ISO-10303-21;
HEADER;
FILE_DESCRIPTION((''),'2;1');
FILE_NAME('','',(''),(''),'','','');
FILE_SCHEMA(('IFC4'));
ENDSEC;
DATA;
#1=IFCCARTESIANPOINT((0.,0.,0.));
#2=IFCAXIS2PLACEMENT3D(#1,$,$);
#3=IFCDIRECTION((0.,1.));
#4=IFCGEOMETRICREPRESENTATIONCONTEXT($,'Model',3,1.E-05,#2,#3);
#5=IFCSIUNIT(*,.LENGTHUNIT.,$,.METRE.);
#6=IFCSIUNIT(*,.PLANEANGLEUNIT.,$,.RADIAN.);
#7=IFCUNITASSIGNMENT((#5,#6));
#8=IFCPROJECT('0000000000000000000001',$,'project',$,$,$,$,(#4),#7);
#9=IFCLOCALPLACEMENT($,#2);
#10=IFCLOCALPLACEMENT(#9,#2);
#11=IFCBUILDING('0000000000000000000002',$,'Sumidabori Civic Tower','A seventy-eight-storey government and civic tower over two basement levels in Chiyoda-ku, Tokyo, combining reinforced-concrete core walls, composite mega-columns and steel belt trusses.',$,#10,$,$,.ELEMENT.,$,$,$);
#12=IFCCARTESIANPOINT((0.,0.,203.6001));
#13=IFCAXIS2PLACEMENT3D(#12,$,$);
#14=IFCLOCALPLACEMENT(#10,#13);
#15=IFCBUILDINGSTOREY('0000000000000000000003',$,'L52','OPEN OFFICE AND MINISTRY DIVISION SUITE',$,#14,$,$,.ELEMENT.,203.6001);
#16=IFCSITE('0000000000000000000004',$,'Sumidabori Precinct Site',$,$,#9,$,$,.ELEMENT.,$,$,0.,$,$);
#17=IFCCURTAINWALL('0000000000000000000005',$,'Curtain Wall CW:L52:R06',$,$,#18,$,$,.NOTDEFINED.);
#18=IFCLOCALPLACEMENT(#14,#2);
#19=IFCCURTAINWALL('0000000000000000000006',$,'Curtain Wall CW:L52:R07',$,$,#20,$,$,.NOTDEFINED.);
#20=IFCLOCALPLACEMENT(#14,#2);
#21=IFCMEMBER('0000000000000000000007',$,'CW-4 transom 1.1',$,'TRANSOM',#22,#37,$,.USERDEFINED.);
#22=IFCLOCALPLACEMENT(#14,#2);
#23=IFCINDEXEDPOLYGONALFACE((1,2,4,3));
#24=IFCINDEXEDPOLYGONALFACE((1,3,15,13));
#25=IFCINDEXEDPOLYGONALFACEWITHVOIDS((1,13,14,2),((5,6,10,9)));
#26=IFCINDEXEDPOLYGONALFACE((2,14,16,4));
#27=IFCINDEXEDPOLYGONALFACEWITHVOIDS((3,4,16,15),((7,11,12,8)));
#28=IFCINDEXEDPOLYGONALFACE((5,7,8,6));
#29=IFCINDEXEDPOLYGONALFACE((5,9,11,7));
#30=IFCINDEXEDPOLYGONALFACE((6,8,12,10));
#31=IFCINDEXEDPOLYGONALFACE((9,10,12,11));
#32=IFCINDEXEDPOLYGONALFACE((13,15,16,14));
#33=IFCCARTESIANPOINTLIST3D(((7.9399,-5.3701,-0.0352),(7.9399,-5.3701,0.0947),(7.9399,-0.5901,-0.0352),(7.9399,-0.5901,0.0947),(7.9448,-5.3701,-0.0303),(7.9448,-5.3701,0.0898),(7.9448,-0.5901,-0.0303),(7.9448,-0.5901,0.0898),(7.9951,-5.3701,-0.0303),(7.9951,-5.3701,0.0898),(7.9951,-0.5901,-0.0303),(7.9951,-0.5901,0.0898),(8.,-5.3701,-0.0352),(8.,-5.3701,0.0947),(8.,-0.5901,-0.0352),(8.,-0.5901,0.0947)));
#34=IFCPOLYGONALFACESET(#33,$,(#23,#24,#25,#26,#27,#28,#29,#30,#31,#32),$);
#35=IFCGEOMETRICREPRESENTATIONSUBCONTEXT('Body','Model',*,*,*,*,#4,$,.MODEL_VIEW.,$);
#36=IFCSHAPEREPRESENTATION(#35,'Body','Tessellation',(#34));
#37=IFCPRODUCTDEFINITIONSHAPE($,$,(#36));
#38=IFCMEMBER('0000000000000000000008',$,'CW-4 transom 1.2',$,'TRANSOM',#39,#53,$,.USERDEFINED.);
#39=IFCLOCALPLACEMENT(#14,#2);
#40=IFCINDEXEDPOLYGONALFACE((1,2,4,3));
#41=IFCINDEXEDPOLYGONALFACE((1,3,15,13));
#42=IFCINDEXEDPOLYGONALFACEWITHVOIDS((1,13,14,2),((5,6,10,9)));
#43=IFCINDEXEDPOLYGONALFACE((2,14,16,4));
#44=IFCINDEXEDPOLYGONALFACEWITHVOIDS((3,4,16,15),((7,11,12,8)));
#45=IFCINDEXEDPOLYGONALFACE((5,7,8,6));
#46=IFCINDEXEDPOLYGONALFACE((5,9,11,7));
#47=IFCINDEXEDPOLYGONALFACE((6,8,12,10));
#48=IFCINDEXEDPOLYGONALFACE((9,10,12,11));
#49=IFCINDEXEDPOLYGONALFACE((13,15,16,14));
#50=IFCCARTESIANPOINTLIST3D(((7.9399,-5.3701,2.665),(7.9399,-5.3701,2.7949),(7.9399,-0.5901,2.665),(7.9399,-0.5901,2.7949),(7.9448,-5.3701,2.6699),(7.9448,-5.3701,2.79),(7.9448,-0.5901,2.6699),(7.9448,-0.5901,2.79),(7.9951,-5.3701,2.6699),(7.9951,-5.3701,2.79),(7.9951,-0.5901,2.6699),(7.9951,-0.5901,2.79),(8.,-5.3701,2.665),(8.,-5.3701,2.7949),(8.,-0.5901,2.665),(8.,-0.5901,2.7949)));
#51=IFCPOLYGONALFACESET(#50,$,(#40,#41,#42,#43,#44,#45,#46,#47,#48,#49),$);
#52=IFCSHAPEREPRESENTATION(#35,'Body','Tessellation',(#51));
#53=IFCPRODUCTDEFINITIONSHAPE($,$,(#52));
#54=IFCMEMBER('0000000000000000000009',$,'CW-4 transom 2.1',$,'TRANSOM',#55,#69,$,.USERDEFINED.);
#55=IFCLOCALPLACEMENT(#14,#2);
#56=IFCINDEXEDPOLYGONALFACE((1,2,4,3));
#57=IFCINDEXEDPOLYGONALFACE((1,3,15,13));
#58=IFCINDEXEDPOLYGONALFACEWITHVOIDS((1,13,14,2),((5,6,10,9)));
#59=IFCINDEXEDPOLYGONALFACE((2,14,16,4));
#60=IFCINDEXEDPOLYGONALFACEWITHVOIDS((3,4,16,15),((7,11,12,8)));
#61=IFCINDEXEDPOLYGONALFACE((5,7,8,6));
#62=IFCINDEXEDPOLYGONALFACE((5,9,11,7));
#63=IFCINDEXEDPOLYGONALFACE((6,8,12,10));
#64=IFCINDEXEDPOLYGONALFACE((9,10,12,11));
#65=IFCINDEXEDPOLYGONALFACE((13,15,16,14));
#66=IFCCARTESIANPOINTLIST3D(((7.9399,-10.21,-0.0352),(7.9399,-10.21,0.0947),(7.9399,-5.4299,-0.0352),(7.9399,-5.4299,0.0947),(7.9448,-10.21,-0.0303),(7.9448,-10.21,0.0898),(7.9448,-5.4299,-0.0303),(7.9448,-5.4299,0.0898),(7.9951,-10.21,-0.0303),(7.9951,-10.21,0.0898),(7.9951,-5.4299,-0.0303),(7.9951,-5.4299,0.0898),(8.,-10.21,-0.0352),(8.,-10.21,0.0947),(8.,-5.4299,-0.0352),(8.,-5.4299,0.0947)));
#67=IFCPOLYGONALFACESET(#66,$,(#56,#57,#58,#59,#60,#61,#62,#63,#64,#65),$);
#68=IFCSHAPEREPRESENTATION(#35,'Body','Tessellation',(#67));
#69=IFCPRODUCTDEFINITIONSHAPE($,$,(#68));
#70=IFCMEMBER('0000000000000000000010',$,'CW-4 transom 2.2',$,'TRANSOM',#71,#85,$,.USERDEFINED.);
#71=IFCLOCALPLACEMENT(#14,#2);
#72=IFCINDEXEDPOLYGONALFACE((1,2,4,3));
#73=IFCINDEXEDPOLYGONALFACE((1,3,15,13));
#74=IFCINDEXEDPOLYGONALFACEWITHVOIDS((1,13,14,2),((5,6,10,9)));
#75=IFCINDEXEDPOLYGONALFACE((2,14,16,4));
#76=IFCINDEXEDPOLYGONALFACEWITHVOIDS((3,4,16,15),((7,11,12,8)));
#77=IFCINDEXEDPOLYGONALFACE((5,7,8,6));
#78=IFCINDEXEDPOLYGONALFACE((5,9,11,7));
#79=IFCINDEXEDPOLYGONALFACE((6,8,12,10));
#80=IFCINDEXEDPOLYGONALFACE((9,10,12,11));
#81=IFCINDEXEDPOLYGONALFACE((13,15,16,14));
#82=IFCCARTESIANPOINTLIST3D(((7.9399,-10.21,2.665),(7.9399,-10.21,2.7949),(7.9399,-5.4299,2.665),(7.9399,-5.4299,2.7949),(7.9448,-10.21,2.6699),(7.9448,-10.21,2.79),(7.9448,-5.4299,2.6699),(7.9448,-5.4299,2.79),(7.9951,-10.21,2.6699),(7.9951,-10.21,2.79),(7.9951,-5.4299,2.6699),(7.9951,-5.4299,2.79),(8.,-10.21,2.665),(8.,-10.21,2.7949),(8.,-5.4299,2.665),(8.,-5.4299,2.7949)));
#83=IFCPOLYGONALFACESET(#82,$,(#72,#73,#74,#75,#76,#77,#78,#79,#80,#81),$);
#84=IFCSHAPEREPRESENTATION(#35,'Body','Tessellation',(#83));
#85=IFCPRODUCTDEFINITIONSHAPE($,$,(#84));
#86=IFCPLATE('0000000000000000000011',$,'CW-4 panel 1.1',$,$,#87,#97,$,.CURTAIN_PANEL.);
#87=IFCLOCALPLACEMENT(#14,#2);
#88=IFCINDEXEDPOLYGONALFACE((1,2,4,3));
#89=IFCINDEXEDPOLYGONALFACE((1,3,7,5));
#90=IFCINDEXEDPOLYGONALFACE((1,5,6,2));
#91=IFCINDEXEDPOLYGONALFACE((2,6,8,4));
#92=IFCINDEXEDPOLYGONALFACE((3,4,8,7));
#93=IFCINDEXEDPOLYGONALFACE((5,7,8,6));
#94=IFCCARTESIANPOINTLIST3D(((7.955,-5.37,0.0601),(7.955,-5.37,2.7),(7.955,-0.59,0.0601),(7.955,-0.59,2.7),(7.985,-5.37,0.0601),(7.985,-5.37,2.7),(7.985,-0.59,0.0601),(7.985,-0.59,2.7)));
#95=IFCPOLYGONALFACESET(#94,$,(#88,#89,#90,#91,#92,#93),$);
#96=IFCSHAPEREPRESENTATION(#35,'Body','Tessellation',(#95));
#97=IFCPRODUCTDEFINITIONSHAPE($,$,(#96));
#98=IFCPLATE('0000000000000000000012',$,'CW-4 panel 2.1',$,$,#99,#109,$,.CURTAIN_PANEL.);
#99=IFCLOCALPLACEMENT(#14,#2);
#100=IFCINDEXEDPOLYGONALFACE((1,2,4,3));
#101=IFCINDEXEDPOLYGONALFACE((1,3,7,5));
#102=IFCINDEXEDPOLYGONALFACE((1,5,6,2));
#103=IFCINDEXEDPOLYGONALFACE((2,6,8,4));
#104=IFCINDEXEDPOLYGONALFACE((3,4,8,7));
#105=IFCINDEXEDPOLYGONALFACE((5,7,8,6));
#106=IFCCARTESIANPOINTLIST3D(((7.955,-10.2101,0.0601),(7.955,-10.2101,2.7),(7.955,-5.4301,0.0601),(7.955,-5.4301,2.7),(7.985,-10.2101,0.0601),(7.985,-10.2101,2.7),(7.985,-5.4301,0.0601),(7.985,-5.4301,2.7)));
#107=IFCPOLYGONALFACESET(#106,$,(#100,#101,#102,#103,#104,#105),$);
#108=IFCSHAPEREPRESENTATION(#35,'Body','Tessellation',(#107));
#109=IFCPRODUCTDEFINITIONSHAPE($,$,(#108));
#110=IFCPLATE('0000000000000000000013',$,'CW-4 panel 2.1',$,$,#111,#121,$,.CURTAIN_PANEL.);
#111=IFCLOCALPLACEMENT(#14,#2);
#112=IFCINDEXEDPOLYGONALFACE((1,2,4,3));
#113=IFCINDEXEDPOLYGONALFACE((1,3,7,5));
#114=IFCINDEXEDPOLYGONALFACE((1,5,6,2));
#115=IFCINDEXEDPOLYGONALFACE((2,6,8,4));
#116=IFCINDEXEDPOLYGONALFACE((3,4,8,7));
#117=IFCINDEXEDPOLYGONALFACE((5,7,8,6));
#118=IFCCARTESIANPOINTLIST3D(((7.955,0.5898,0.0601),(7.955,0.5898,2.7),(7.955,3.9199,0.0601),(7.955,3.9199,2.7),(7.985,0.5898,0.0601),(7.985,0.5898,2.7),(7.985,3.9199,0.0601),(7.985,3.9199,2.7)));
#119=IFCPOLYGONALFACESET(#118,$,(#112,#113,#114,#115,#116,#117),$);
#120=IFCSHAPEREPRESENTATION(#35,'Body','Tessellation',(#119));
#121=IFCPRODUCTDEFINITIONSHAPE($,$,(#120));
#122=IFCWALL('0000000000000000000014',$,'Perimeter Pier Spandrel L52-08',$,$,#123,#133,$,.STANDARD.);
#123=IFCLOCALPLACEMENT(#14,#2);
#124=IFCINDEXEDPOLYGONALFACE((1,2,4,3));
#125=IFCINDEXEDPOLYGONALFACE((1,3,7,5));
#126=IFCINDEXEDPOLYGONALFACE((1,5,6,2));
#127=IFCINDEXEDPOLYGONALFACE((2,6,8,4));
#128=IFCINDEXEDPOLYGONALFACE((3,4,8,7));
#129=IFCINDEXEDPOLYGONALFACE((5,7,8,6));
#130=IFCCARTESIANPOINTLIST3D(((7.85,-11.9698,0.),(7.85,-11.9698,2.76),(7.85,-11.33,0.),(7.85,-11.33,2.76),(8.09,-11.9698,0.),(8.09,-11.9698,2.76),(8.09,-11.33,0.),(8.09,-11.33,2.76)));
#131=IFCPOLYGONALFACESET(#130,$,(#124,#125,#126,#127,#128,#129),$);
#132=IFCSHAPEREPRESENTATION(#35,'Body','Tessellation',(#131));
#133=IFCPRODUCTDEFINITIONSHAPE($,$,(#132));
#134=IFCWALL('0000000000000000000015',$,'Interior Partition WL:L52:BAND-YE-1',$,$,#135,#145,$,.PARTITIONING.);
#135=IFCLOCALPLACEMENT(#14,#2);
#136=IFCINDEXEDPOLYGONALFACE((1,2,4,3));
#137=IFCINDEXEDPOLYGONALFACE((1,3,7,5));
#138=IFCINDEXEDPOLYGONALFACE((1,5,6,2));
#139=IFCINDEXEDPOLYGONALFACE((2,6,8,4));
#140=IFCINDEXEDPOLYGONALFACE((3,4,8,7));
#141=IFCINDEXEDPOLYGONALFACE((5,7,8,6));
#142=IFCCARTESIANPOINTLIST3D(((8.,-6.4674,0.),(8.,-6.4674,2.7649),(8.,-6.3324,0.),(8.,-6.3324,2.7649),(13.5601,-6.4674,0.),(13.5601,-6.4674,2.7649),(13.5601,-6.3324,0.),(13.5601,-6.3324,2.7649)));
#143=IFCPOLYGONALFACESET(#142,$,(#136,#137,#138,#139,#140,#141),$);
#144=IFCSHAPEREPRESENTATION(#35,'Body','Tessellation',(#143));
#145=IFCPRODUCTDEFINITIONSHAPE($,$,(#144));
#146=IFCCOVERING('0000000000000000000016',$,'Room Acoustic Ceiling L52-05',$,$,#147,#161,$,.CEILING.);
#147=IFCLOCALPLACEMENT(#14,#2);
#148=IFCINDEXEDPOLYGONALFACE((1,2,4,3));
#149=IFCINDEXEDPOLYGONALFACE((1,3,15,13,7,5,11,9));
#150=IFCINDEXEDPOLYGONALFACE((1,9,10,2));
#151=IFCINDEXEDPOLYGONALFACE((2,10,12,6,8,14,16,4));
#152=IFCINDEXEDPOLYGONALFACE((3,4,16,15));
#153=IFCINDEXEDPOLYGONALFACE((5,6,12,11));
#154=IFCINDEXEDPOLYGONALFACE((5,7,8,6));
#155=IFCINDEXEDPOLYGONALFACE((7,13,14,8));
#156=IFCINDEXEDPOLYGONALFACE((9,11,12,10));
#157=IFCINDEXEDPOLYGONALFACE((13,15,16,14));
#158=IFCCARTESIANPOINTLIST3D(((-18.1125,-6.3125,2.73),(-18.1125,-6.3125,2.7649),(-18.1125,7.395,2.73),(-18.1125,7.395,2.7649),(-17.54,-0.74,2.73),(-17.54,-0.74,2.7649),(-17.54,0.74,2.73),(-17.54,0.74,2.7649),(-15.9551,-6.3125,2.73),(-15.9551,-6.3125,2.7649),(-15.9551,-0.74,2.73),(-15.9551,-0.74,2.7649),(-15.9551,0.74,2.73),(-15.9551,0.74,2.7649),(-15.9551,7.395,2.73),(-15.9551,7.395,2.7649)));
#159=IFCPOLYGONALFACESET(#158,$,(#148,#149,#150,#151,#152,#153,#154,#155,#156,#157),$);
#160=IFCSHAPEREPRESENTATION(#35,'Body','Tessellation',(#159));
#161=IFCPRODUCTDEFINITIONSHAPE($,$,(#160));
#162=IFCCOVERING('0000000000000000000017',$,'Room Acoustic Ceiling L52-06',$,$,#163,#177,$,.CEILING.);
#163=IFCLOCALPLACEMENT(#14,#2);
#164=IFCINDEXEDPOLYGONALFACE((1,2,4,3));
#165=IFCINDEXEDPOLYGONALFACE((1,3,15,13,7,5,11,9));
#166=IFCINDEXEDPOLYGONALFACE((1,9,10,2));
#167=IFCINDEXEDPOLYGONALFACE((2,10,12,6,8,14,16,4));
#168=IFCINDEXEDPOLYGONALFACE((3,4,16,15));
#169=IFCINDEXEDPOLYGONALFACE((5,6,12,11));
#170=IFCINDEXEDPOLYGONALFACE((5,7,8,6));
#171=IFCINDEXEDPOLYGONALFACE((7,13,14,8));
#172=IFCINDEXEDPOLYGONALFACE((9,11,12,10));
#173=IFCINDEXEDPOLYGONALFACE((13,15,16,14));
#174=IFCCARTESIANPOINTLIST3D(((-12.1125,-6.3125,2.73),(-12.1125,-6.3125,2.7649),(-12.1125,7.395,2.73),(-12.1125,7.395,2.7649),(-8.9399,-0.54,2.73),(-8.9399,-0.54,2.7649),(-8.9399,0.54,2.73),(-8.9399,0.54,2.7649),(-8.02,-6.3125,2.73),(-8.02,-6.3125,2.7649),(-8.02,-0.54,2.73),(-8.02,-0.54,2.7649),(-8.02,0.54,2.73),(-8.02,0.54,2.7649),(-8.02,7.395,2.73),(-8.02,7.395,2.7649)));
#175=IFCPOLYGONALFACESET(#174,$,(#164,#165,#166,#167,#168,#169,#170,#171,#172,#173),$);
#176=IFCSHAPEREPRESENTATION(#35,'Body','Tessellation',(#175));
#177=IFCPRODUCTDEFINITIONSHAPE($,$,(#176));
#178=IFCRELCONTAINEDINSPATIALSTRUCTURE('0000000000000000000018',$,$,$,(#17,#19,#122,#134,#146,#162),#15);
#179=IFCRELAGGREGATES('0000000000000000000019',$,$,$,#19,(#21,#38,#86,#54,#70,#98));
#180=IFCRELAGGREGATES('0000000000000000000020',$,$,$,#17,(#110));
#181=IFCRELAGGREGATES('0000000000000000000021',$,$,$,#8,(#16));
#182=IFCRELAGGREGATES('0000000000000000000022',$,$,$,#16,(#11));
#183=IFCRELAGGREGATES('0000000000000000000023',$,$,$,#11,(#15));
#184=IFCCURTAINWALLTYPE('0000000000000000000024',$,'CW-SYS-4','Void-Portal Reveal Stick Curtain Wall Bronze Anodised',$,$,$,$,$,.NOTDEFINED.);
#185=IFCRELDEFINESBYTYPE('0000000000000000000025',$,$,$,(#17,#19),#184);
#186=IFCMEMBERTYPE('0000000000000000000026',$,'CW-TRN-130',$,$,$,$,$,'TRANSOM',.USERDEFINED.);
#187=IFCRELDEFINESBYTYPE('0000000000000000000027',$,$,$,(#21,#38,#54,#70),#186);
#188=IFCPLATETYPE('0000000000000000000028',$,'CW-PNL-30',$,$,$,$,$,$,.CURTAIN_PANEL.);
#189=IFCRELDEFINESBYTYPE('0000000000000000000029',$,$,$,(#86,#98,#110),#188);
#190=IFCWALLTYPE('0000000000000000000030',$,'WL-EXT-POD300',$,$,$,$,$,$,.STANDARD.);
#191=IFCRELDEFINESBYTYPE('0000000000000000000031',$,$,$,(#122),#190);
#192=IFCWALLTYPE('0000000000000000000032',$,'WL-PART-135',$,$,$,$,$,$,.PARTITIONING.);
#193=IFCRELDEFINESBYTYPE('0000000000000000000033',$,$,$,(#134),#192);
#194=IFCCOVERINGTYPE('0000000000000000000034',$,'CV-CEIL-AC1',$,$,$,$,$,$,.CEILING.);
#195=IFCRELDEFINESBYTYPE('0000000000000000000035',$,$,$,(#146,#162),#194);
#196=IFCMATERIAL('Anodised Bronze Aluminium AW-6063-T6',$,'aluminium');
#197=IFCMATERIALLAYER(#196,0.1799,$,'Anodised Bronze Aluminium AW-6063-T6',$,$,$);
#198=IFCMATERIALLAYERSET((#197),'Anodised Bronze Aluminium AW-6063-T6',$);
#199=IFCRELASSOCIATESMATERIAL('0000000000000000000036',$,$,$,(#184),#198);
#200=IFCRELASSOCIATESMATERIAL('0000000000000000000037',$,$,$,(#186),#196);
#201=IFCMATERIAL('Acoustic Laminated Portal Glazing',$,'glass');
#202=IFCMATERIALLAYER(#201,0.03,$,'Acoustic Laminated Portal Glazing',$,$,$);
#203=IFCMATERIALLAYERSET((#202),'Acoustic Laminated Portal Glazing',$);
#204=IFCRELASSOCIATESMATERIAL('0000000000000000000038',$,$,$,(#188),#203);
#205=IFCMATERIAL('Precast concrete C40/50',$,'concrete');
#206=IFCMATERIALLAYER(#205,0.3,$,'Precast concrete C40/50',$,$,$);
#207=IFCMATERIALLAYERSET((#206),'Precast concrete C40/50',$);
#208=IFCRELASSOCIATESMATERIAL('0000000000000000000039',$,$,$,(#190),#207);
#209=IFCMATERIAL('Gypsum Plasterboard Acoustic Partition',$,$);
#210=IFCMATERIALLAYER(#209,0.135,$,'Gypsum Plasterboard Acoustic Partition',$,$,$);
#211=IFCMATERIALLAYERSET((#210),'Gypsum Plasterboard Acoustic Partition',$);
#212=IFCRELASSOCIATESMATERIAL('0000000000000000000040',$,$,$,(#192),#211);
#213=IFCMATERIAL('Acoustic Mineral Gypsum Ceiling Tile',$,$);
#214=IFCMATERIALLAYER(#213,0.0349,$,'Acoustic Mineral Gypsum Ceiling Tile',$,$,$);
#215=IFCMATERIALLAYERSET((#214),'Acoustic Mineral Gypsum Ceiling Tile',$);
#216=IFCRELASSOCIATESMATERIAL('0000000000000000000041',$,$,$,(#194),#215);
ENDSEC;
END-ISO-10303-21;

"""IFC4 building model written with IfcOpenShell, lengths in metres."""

from ifc_helpers import new_model, si_unit, direction, frame, frame_2d, origin, origin_2d, place, context, subcontext, project, spatial, polyline, rectangle, hollow_rectangle, outline, extrude, source, transform, mapped, material, layer, layer_set, material_profile, profile_set, type_object, element, aggregate, save


model = new_model("IFC4")

# Units and contexts
model_context = context("Model", 3, precision=1e-05, world=origin(), true_north=direction((0.0, 1.0)))
body_context = subcontext(model_context, "Body", "Model", "MODEL_VIEW")
ifc_project = project(units=[si_unit("LENGTHUNIT", "METRE"), si_unit("PLANEANGLEUNIT", "RADIAN")], contexts=[model_context])

# Site, building, storey
site_placement = place(None, origin())
site = spatial("IfcSite", under=ifc_project, at=site_placement, Name="Sumidabori Precinct Site", CompositionType="ELEMENT", RefElevation=0.0)
building_placement = place(site_placement, origin())
building = spatial("IfcBuilding", under=site, at=building_placement, Name="Sumidabori Civic Tower", Description="A seventy-eight-storey government and civic tower over two basement levels in Chiyoda-ku, Tokyo, combining reinforced-concrete core walls, composite mega-columns and steel belt trusses.", CompositionType="ELEMENT")
storey_placement = place(building_placement, frame((0.0, 0.0, 203.6001)))
storey = spatial("IfcBuildingStorey", under=building, at=storey_placement, Name="L52", Description="OPEN OFFICE AND MINISTRY DIVISION SUITE", CompositionType="ELEMENT", Elevation=203.6001)

# Curtain wall
ifc_material_1 = material(Name="Anodised Bronze Aluminium AW-6063-T6", Category="aluminium")
ifc_layer_1 = layer(ifc_material_1, 0.1799, Name="Anodised Bronze Aluminium AW-6063-T6")
ifc_layer_set_1 = layer_set([ifc_layer_1], Name="Anodised Bronze Aluminium AW-6063-T6")
curtain_wall_type_1 = type_object("IfcCurtainWallType", Name="CW-SYS-4", Description="Void-Portal Reveal Stick Curtain Wall Bronze Anodised", PredefinedType="NOTDEFINED", material=ifc_layer_set_1)
curtain_wall_1_placement = place(storey_placement, origin())
curtain_wall_1 = element("IfcCurtainWall", 1, at=curtain_wall_1_placement, inside=storey, type_object=curtain_wall_type_1, Name="Curtain Wall CW:L52:R06", PredefinedType="NOTDEFINED")

# Curtain wall
curtain_wall_2_placement = place(storey_placement, origin())
curtain_wall_2 = element("IfcCurtainWall", 2, at=curtain_wall_2_placement, inside=storey, type_object=curtain_wall_type_1, Name="Curtain Wall CW:L52:R07", PredefinedType="NOTDEFINED")
ifc_material_profile_1 = material_profile(ifc_material_1, hollow_rectangle(XDim=0.0601, YDim=0.1299, WallThickness=0.0049, at=origin_2d()), Name="ALU TRANSOM 130x60")
ifc_profile_set_1 = profile_set([ifc_material_profile_1], Name="Anodised Bronze Aluminium AW-6063-T6")
member_type_1 = type_object("IfcMemberType", Name="CW-TRN-130", ElementType="TRANSOM", PredefinedType="USERDEFINED", material=ifc_profile_set_1)

# Members
shared_shape_1 = source(origin(), body_context, "Body", "SweptSolid", [
    extrude(hollow_rectangle(XDim=0.0601, YDim=0.1299, WallThickness=0.0049, at=origin_2d()), origin(), (0.0, 0.0, 1.0), 4.78),
])
member_1_placement = place(storey_placement, frame((7.97, -0.5901, 0.0298), z_axis=(0.0, -1.0, 0.0), x_axis=(1.0, 0.0, 0.0)))
member_1 = element("IfcMember", 3, at=member_1_placement, type_object=member_type_1, Name="CW-4 transom 1.1", ObjectType="TRANSOM", PredefinedType="USERDEFINED", context=body_context, shape_type="MappedRepresentation", body=[
    mapped(shared_shape_1, transform((0.0, 0.0, 0.0), x_axis=(1.0, 0.0, 0.0), y_axis=(0.0, 1.0, 0.0), z_axis=(0.0, 0.0, 1.0), scale=1.0)),
])
member_2_placement = place(storey_placement, frame((7.97, -0.5901, 2.73), z_axis=(0.0, -1.0, 0.0), x_axis=(1.0, 0.0, 0.0)))
member_2 = element("IfcMember", 4, at=member_2_placement, type_object=member_type_1, Name="CW-4 transom 1.2", ObjectType="TRANSOM", PredefinedType="USERDEFINED", context=body_context, shape_type="MappedRepresentation", body=[
    mapped(shared_shape_1, transform((0.0, 0.0, 0.0), x_axis=(1.0, 0.0, 0.0), y_axis=(0.0, 1.0, 0.0), z_axis=(0.0, 0.0, 1.0), scale=1.0)),
])
member_3_placement = place(storey_placement, frame((7.97, -5.4299, 0.0298), z_axis=(0.0, -1.0, 0.0), x_axis=(1.0, 0.0, 0.0)))
member_3 = element("IfcMember", 5, at=member_3_placement, type_object=member_type_1, Name="CW-4 transom 2.1", ObjectType="TRANSOM", PredefinedType="USERDEFINED", context=body_context, shape_type="MappedRepresentation", body=[
    mapped(shared_shape_1, transform((0.0, 0.0, 0.0), x_axis=(1.0, 0.0, 0.0), y_axis=(0.0, 1.0, 0.0), z_axis=(0.0, 0.0, 1.0), scale=1.0)),
])
member_4_placement = place(storey_placement, frame((7.97, -5.4299, 2.73), z_axis=(0.0, -1.0, 0.0), x_axis=(1.0, 0.0, 0.0)))
member_4 = element("IfcMember", 6, at=member_4_placement, type_object=member_type_1, Name="CW-4 transom 2.2", ObjectType="TRANSOM", PredefinedType="USERDEFINED", context=body_context, shape_type="MappedRepresentation", body=[
    mapped(shared_shape_1, transform((0.0, 0.0, 0.0), x_axis=(1.0, 0.0, 0.0), y_axis=(0.0, 1.0, 0.0), z_axis=(0.0, 0.0, 1.0), scale=1.0)),
])

# Plates
ifc_material_2 = material(Name="Acoustic Laminated Portal Glazing", Category="glass")
ifc_layer_2 = layer(ifc_material_2, 0.03, Name="Acoustic Laminated Portal Glazing")
ifc_layer_set_2 = layer_set([ifc_layer_2], Name="Acoustic Laminated Portal Glazing")
plate_type = type_object("IfcPlateType", Name="CW-PNL-30", PredefinedType="CURTAIN_PANEL", material=ifc_layer_set_2)
shared_shape_2 = source(origin(), body_context, "Body", "SweptSolid", [
    extrude(rectangle(XDim=4.78, YDim=0.03, at=origin_2d()), origin(), (0.0, 0.0, 1.0), 2.6399),
])
plate_1_placement = place(storey_placement, frame((7.97, -2.98, 0.0601), z_axis=(0.0, 0.0, 1.0), x_axis=(0.0, -1.0, 0.0)))
plate_1 = element("IfcPlate", 7, at=plate_1_placement, type_object=plate_type, Name="CW-4 panel 1.1", PredefinedType="CURTAIN_PANEL", context=body_context, shape_type="MappedRepresentation", body=[
    mapped(shared_shape_2, transform((0.0, 0.0, 0.0), x_axis=(1.0, 0.0, 0.0), y_axis=(0.0, 1.0, 0.0), z_axis=(0.0, 0.0, 1.0), scale=1.0)),
])
plate_2_placement = place(storey_placement, frame((7.97, -7.8201, 0.0601), z_axis=(0.0, 0.0, 1.0), x_axis=(0.0, -1.0, 0.0)))
plate_2 = element("IfcPlate", 8, at=plate_2_placement, type_object=plate_type, Name="CW-4 panel 2.1", PredefinedType="CURTAIN_PANEL", context=body_context, shape_type="MappedRepresentation", body=[
    mapped(shared_shape_2, transform((0.0, 0.0, 0.0), x_axis=(1.0, 0.0, 0.0), y_axis=(0.0, 1.0, 0.0), z_axis=(0.0, 0.0, 1.0), scale=1.0)),
])
aggregate(curtain_wall_2, [member_1, member_2, plate_1, member_3, member_4, plate_2])
shared_shape_3 = source(origin(), body_context, "Body", "SweptSolid", [
    extrude(rectangle(XDim=3.3301, YDim=0.03, at=origin_2d()), origin(), (0.0, 0.0, 1.0), 2.6399),
])
plate_3_placement = place(storey_placement, frame((7.97, 2.2549, 0.0601), z_axis=(0.0, 0.0, 1.0), x_axis=(0.0, -1.0, 0.0)))
plate_3 = element("IfcPlate", 9, at=plate_3_placement, type_object=plate_type, Name="CW-4 panel 2.1", PredefinedType="CURTAIN_PANEL", context=body_context, shape_type="MappedRepresentation", body=[
    mapped(shared_shape_3, transform((0.0, 0.0, 0.0), x_axis=(1.0, 0.0, 0.0), y_axis=(0.0, 1.0, 0.0), z_axis=(0.0, 0.0, 1.0), scale=1.0)),
])
aggregate(curtain_wall_1, [plate_3])

# Walls
ifc_material_3 = material(Name="Precast concrete C40/50", Category="concrete")
ifc_layer_3 = layer(ifc_material_3, 0.3, Name="Precast concrete C40/50")
ifc_layer_set_3 = layer_set([ifc_layer_3], Name="Precast concrete C40/50")
wall_type_1 = type_object("IfcWallType", Name="WL-EXT-POD300", PredefinedType="STANDARD", material=ifc_layer_set_3)
shared_shape_4 = source(origin(), body_context, "Body", "SweptSolid", [
    extrude(rectangle(XDim=0.6399, YDim=0.24, at=frame_2d((0.3198, 0.0))), origin(), (0.0, 0.0, 1.0), 2.76),
])
wall_1_placement = place(storey_placement, frame((7.97, -11.3301, 0.0), z_axis=(0.0, 0.0, 1.0), x_axis=(0.0, -1.0, 0.0)))
element("IfcWall", 10, at=wall_1_placement, inside=storey, type_object=wall_type_1, Name="Perimeter Pier Spandrel L52-08", PredefinedType="STANDARD", context=body_context, shape_type="MappedRepresentation", body=[
    mapped(shared_shape_4, transform((0.0, 0.0, 0.0), x_axis=(1.0, 0.0, 0.0), y_axis=(0.0, 1.0, 0.0), z_axis=(0.0, 0.0, 1.0), scale=1.0)),
])
ifc_material_4 = material(Name="Gypsum Plasterboard Acoustic Partition")
ifc_layer_4 = layer(ifc_material_4, 0.135, Name="Gypsum Plasterboard Acoustic Partition")
ifc_layer_set_4 = layer_set([ifc_layer_4], Name="Gypsum Plasterboard Acoustic Partition")
wall_type_2 = type_object("IfcWallType", Name="WL-PART-135", PredefinedType="PARTITIONING", material=ifc_layer_set_4)
shared_shape_5 = source(origin(), body_context, "Body", "SweptSolid", [
    extrude(rectangle(XDim=5.5601, YDim=0.135, at=frame_2d((2.78, 0.0))), origin(), (0.0, 0.0, 1.0), 2.7649),
])
wall_2_placement = place(storey_placement, frame((8.0, -6.3999, 0.0), z_axis=(0.0, 0.0, 1.0), x_axis=(1.0, 0.0, 0.0)))
element("IfcWall", 11, at=wall_2_placement, inside=storey, type_object=wall_type_2, Name="Interior Partition WL:L52:BAND-YE-1", PredefinedType="PARTITIONING", context=body_context, shape_type="MappedRepresentation", body=[
    mapped(shared_shape_5, transform((0.0, 0.0, 0.0), x_axis=(1.0, 0.0, 0.0), y_axis=(0.0, 1.0, 0.0), z_axis=(0.0, 0.0, 1.0), scale=1.0)),
])

# Coverings
ifc_material_5 = material(Name="Acoustic Mineral Gypsum Ceiling Tile")
ifc_layer_5 = layer(ifc_material_5, 0.0349, Name="Acoustic Mineral Gypsum Ceiling Tile")
ifc_layer_set_5 = layer_set([ifc_layer_5], Name="Acoustic Mineral Gypsum Ceiling Tile")
covering_type_1 = type_object("IfcCoveringType", Name="CV-CEIL-AC1", PredefinedType="CEILING", material=ifc_layer_set_5)
covering_1_placement = place(storey_placement, frame((0.0, 0.0, 2.73)))
element("IfcCovering", 12, at=covering_1_placement, inside=storey, type_object=covering_type_1, Name="Room Acoustic Ceiling L52-05", PredefinedType="CEILING", context=body_context, shape_type="SweptSolid", body=[
    extrude(outline(polyline([(-18.1125, -6.3125), (-18.1125, 7.395), (-15.9551, 7.395), (-15.9551, 0.74), (-17.54, 0.74), (-17.54, -0.74), (-15.9551, -0.74), (-15.9551, -6.3125), (-18.1125, -6.3125)])), origin(), (0.0, 0.0, 1.0), 0.0349),
])
covering_2_placement = place(storey_placement, frame((0.0, 0.0, 2.73)))
element("IfcCovering", 13, at=covering_2_placement, inside=storey, type_object=covering_type_1, Name="Room Acoustic Ceiling L52-06", PredefinedType="CEILING", context=body_context, shape_type="SweptSolid", body=[
    extrude(outline(polyline([(-12.1125, 7.395), (-8.02, 7.395), (-8.02, 0.54), (-8.9399, 0.54), (-8.9399, -0.54), (-8.02, -0.54), (-8.02, -6.3125), (-12.1125, -6.3125), (-12.1125, 7.395)])), origin(), (0.0, 0.0, 1.0), 0.0349),
])

save(model, "model.ifc")
